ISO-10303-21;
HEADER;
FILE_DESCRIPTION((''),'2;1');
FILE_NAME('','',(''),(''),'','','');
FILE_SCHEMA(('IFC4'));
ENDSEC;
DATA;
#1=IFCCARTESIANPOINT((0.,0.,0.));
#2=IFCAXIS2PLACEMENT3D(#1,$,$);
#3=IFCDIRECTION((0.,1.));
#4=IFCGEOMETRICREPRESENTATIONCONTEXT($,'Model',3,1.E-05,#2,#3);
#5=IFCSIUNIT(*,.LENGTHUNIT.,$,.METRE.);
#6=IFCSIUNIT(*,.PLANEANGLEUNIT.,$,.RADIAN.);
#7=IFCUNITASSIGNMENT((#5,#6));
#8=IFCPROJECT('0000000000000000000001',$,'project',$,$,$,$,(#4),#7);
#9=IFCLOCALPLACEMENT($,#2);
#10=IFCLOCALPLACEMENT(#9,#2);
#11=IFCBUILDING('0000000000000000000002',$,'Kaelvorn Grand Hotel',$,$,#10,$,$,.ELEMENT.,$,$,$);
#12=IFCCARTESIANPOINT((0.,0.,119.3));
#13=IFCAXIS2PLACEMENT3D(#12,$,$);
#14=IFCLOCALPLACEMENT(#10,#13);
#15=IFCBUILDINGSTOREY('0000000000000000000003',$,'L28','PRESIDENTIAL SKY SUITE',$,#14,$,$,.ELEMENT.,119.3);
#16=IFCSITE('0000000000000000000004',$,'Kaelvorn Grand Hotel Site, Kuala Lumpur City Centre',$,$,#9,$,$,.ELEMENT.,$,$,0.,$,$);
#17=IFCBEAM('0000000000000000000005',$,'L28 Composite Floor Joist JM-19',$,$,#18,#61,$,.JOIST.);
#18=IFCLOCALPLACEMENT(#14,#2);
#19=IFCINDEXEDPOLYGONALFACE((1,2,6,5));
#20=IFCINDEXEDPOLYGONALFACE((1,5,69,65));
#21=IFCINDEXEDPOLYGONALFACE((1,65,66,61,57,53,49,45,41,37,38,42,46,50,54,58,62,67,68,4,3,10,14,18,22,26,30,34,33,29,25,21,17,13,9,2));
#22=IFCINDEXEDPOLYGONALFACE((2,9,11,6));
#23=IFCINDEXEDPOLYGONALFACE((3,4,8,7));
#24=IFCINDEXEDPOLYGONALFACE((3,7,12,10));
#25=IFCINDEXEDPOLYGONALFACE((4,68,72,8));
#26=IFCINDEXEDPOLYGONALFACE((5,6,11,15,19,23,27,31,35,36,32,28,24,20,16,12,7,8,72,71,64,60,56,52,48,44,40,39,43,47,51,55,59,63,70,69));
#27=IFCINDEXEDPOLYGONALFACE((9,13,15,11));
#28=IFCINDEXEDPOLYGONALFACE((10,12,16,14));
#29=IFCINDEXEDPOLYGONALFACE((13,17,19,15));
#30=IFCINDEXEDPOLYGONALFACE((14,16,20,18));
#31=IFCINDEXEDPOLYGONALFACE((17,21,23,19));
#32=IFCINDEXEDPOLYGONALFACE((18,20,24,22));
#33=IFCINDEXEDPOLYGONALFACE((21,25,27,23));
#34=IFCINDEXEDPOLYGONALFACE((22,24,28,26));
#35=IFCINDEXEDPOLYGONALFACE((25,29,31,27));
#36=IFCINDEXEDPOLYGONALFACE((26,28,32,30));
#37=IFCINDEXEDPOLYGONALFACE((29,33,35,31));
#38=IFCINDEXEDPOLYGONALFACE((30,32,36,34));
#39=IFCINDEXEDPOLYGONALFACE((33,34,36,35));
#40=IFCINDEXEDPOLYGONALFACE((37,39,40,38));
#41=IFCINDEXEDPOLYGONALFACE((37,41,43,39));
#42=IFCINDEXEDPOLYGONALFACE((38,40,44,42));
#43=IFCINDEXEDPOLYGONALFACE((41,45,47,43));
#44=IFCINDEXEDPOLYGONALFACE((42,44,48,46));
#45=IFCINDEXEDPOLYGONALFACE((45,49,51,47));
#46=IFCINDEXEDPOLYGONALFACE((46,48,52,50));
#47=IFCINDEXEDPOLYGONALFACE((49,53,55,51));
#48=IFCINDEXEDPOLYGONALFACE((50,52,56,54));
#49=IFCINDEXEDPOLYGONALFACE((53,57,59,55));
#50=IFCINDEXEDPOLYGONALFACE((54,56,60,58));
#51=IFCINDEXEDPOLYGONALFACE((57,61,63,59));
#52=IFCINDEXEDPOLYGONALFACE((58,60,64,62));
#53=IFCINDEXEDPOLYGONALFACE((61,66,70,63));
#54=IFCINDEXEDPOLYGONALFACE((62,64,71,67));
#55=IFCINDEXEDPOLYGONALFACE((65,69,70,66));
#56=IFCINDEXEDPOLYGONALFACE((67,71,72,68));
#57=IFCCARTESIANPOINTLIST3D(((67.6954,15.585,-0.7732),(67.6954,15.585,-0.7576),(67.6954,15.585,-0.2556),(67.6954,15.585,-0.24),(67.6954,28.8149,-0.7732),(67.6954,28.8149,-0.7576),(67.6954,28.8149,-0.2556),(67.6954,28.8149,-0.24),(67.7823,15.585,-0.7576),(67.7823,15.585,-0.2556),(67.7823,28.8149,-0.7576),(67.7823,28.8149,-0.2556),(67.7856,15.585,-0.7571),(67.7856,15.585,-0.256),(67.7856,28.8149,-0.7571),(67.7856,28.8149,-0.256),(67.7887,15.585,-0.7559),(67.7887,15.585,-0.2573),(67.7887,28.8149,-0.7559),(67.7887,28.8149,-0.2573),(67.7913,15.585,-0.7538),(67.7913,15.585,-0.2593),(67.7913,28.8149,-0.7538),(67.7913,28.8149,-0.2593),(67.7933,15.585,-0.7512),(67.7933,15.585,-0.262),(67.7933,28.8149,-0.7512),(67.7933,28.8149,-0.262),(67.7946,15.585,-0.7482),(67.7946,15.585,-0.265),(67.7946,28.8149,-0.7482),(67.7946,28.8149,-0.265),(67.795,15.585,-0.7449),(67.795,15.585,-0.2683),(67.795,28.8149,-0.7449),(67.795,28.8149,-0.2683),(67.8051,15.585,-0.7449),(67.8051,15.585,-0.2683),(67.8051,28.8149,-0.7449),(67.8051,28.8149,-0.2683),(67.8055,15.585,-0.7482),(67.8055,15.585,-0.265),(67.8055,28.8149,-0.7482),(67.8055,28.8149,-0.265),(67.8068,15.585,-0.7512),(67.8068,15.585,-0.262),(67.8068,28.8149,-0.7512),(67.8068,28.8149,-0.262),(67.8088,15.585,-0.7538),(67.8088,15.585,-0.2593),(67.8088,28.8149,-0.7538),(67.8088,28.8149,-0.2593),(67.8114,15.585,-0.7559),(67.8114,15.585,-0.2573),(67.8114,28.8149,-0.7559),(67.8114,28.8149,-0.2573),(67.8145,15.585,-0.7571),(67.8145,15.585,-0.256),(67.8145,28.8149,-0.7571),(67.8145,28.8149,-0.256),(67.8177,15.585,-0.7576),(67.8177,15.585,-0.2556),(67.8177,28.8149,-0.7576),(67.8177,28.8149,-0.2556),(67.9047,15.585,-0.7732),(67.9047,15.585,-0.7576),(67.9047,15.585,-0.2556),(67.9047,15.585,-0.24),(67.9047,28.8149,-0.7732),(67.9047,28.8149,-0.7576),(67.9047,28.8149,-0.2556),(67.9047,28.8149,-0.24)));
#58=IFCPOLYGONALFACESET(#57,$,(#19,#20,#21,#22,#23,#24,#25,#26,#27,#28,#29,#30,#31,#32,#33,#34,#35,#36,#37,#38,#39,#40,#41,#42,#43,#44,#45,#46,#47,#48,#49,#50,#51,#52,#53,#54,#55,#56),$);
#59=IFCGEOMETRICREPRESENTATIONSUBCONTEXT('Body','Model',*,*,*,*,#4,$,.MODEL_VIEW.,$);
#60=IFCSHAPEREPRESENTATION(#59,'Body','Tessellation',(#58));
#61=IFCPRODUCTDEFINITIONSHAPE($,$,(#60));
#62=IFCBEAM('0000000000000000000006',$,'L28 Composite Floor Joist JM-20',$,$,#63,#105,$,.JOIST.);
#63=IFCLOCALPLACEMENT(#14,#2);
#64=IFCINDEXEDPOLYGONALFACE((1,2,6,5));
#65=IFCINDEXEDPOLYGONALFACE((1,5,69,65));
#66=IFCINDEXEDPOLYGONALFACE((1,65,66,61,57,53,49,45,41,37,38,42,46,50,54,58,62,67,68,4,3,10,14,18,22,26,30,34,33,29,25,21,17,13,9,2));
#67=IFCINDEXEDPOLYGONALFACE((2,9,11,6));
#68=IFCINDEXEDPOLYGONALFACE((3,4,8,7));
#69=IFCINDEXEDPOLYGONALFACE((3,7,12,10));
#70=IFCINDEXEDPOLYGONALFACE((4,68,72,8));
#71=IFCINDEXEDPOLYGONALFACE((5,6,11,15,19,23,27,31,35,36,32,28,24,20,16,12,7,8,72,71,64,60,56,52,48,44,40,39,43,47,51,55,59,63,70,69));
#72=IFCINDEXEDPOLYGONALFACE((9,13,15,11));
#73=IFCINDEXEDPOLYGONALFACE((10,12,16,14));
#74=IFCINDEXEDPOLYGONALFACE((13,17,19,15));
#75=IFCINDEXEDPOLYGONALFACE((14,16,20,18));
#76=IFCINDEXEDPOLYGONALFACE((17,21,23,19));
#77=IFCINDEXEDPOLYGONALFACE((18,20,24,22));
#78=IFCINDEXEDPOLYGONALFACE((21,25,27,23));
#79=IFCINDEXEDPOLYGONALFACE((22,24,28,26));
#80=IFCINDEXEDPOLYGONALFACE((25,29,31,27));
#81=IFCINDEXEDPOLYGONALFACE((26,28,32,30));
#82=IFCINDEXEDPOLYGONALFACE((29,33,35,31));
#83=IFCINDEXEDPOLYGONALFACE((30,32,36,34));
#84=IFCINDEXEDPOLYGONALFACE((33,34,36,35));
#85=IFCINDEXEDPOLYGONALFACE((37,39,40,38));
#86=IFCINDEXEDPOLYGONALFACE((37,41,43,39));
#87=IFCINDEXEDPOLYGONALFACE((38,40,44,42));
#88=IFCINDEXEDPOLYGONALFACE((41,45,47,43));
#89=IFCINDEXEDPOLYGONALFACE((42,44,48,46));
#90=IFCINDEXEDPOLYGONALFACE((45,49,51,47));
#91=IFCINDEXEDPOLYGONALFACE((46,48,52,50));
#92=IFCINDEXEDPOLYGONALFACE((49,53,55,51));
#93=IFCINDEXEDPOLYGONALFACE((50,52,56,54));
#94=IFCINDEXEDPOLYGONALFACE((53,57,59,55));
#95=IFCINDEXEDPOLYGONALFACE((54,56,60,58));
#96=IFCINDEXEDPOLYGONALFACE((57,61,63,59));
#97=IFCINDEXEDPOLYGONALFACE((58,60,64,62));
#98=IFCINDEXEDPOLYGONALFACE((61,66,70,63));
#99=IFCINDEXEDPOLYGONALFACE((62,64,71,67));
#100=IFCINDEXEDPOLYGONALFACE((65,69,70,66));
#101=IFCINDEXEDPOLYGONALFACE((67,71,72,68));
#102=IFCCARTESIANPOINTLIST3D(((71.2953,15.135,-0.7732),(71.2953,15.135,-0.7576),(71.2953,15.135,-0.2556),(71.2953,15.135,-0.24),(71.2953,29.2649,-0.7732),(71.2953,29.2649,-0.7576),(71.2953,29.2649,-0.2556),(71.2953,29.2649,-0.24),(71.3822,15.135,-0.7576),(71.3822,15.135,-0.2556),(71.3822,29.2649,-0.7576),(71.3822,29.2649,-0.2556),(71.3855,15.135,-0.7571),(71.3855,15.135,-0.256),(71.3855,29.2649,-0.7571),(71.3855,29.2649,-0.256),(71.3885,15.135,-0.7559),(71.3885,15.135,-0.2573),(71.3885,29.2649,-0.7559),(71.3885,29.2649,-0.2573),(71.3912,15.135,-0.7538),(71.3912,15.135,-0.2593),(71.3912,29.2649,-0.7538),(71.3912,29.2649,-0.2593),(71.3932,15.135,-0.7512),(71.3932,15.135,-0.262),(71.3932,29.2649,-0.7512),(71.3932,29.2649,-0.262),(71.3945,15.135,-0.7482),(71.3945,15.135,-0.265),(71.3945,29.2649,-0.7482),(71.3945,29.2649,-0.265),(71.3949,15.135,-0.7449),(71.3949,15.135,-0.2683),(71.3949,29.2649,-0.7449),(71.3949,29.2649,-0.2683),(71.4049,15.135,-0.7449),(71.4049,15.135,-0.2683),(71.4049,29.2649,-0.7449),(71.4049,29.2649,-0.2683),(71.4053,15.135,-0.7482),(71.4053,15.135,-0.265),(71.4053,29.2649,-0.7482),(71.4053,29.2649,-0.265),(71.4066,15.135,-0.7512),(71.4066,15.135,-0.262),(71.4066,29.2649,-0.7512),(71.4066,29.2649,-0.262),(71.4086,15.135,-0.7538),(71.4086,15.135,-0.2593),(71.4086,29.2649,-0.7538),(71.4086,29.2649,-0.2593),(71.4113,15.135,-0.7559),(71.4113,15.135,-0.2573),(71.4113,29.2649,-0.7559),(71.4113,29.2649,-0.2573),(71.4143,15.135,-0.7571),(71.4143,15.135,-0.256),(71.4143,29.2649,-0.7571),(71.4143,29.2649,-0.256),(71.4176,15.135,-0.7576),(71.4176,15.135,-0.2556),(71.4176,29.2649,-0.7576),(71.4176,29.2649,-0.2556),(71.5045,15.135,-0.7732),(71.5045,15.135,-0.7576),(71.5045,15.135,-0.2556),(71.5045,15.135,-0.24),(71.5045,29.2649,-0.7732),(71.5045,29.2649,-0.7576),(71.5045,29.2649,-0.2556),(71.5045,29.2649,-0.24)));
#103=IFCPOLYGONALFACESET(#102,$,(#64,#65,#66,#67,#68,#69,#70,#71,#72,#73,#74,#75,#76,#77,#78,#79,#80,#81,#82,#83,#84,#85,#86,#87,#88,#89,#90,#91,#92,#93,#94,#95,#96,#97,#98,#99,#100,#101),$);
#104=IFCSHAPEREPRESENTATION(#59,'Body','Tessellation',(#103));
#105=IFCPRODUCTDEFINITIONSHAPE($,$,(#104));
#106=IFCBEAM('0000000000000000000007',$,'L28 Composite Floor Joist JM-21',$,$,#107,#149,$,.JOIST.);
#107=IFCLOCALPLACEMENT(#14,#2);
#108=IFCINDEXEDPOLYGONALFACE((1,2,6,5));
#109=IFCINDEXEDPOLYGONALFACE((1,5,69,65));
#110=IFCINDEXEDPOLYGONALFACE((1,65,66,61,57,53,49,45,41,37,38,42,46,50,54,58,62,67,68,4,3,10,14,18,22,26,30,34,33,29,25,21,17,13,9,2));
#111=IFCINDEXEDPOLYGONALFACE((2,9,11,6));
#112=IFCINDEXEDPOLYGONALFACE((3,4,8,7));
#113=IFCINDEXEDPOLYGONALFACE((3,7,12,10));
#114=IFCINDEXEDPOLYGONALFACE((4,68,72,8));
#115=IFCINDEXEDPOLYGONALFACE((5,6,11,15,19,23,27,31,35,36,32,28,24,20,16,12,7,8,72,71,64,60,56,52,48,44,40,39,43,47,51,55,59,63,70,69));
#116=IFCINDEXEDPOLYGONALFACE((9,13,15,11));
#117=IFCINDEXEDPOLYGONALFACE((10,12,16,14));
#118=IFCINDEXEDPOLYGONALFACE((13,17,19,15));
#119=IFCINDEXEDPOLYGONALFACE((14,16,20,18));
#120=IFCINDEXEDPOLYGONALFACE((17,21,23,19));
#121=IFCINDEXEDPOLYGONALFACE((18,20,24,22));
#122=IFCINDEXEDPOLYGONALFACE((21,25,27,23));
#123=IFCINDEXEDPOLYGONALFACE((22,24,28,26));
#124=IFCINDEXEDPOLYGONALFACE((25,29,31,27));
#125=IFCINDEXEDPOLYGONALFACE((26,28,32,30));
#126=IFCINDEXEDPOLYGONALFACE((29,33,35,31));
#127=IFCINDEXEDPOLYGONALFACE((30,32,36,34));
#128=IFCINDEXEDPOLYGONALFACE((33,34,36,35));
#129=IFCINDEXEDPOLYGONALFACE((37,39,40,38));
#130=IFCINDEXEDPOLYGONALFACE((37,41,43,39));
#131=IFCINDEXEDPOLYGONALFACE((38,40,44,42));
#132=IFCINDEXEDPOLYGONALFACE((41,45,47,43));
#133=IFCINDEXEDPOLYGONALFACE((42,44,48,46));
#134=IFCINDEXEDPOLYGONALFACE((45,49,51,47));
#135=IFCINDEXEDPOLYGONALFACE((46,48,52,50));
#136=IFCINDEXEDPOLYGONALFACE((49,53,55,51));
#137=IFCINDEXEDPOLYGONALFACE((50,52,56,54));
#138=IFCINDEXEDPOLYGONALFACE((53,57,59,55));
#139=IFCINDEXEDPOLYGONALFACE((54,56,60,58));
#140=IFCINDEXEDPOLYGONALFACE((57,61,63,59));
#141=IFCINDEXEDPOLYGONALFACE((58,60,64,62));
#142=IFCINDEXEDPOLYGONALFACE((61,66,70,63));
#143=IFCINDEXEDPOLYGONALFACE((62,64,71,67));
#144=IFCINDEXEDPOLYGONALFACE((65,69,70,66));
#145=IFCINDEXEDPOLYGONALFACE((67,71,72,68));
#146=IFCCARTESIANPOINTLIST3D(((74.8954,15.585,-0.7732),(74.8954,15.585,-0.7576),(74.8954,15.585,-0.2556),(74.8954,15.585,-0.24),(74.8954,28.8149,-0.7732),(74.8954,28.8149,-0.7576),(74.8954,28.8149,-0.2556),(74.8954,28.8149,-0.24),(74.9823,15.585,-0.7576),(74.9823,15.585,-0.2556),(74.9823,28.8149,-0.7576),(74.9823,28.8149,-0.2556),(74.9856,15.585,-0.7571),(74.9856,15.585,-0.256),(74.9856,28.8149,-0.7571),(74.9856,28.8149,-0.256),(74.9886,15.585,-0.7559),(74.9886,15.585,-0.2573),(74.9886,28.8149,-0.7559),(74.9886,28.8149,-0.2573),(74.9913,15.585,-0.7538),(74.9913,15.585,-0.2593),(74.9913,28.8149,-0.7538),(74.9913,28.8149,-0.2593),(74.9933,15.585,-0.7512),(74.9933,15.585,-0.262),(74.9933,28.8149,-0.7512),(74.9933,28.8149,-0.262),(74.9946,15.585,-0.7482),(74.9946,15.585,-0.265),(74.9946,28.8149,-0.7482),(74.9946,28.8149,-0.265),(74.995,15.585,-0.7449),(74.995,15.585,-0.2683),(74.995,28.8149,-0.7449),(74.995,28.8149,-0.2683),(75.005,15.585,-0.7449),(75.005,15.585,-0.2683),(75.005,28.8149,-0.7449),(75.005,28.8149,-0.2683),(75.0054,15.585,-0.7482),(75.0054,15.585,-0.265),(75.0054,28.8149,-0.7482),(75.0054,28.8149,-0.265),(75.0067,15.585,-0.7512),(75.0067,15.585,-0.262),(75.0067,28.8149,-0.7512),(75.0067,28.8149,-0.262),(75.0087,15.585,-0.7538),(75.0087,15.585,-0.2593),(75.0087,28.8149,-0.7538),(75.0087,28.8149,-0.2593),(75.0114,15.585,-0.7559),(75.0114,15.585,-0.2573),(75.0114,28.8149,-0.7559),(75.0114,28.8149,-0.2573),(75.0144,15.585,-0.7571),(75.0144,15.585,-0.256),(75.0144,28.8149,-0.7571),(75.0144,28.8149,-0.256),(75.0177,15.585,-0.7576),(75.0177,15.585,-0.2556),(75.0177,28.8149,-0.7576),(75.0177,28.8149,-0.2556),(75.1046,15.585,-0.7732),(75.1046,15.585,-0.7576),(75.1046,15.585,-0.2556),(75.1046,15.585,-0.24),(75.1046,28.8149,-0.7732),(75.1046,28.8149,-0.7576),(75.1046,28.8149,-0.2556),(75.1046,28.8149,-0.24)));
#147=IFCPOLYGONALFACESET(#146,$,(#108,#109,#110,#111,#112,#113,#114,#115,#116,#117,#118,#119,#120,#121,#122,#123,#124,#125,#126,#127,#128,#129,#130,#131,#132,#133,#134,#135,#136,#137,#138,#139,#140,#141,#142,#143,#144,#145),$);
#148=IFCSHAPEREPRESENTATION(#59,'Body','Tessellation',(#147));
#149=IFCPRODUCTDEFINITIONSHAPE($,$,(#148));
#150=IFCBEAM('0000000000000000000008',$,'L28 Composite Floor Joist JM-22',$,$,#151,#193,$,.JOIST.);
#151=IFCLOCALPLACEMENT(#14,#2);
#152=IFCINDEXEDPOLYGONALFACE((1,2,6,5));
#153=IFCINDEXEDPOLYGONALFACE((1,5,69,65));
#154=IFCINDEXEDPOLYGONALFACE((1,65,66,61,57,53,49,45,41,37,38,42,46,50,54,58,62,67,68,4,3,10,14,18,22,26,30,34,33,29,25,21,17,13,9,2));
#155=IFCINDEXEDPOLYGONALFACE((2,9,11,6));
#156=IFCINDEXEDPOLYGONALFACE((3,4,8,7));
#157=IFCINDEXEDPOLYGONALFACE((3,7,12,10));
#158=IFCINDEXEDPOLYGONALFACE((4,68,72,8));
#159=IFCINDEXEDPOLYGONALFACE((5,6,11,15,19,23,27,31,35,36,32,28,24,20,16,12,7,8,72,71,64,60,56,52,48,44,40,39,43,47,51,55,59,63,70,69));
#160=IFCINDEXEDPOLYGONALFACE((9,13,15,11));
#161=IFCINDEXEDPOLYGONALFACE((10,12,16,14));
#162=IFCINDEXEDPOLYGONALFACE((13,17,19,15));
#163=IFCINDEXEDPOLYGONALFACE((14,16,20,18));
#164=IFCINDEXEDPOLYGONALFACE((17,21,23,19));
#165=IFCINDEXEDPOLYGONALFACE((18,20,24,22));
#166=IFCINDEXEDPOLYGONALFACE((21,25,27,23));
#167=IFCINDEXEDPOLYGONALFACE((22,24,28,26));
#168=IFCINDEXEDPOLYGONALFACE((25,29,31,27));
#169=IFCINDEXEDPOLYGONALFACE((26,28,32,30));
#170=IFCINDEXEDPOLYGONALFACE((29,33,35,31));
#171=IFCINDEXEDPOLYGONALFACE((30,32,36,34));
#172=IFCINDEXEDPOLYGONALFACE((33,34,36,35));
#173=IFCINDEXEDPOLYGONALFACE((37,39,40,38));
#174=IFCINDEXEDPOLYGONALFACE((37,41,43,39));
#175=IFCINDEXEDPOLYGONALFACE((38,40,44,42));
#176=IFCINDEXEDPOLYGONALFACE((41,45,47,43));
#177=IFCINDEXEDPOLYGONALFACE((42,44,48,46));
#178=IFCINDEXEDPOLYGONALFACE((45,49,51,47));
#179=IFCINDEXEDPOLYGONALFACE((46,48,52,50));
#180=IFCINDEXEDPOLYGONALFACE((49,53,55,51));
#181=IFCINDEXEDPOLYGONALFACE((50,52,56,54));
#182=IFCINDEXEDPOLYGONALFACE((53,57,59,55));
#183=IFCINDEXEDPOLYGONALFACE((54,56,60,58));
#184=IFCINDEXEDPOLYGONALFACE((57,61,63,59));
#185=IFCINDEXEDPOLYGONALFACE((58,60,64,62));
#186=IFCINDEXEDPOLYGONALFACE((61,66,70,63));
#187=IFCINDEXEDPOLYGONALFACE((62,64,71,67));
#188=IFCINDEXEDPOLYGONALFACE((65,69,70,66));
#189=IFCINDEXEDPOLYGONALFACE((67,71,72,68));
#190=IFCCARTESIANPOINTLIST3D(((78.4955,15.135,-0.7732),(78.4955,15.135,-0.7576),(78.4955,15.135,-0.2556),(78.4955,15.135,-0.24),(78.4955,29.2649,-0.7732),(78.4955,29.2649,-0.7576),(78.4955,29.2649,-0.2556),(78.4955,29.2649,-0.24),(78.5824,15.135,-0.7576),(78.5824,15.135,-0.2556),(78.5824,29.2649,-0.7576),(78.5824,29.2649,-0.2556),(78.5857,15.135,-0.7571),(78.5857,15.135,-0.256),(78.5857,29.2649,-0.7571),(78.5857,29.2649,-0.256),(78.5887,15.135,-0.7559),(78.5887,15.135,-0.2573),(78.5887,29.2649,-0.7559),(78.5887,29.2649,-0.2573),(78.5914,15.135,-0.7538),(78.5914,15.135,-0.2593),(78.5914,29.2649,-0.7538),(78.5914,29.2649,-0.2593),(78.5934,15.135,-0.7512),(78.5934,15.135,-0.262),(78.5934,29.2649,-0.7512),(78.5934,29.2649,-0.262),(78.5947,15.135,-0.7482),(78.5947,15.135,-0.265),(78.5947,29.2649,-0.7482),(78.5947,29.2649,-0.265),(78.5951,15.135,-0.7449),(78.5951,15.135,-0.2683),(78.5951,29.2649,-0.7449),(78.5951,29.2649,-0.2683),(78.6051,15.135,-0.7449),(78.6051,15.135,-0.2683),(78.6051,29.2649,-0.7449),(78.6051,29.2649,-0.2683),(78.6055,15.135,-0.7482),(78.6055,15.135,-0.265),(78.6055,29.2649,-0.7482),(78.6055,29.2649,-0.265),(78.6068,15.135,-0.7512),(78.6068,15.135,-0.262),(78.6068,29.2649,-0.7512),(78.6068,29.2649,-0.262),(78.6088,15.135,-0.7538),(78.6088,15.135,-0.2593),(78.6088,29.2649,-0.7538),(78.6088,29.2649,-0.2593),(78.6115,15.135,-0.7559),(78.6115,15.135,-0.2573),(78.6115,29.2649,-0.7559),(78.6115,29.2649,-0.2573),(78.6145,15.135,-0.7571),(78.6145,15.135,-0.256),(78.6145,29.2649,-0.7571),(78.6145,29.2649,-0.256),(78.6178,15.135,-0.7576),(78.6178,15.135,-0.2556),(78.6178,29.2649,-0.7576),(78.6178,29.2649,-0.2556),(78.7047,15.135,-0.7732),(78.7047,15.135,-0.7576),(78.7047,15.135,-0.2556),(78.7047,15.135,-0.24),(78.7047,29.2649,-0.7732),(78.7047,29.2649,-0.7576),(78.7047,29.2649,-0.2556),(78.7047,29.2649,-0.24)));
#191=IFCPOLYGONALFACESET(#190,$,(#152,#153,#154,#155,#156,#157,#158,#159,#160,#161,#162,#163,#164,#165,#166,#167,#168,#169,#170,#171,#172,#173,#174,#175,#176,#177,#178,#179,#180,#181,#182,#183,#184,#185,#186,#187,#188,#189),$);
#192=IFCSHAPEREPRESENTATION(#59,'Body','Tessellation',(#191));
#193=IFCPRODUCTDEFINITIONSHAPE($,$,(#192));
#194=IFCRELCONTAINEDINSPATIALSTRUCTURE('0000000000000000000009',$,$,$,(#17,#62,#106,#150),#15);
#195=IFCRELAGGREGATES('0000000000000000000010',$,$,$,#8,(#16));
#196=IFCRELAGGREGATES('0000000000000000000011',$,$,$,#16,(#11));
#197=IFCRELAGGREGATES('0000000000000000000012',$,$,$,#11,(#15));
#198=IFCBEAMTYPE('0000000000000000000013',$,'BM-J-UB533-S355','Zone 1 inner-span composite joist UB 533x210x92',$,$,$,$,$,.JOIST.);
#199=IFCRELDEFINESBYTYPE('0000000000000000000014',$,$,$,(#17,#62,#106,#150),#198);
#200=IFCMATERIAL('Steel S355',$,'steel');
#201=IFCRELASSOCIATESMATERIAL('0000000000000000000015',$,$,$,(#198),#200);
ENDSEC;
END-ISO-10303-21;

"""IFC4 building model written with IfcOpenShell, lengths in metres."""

from ifc_helpers import new_model, si_unit, direction, frame, origin, origin_2d, place, context, subcontext, project, spatial, i_section, extrude, material, material_profile, profile_set, type_object, element, save


model = new_model("IFC4")

# Units and contexts
model_context = context("Model", 3, precision=1e-05, world=origin(), true_north=direction((0.0, 1.0)))
body_context = subcontext(model_context, "Body", "Model", "MODEL_VIEW")
ifc_project = project(units=[si_unit("LENGTHUNIT", "METRE"), si_unit("PLANEANGLEUNIT", "RADIAN")], contexts=[model_context])

# Site, building, storey
site_placement = place(None, origin())
site = spatial("IfcSite", under=ifc_project, at=site_placement, Name="Kaelvorn Grand Hotel Site, Kuala Lumpur City Centre", CompositionType="ELEMENT", RefElevation=0.0)
building_placement = place(site_placement, origin())
building = spatial("IfcBuilding", under=site, at=building_placement, Name="Kaelvorn Grand Hotel", CompositionType="ELEMENT")
storey_placement = place(building_placement, frame((0.0, 0.0, 119.3)))
storey = spatial("IfcBuildingStorey", under=building, at=storey_placement, Name="L28", Description="PRESIDENTIAL SKY SUITE", CompositionType="ELEMENT", Elevation=119.3)

# Beams
ifc_material_1 = material(Name="Steel S355", Category="steel")
ifc_material_profile_1 = material_profile(ifc_material_1, i_section(OverallWidth=0.2092, OverallDepth=0.5332, WebThickness=0.01, FlangeThickness=0.0156, FilletRadius=0.0127, at=origin_2d()), Name="UB 533x210x92")
ifc_profile_set_1 = profile_set([ifc_material_profile_1], Name="Steel S355")
beam_type_1 = type_object("IfcBeamType", Name="BM-J-UB533-S355", Description="Zone 1 inner-span composite joist UB 533x210x92", PredefinedType="JOIST", material=ifc_profile_set_1)
beam_1_placement = place(storey_placement, frame((67.8, 15.585, -0.5066), z_axis=(0.0, 1.0, 0.0), x_axis=(-1.0, 0.0, 0.0)))
element("IfcBeam", 1, at=beam_1_placement, inside=storey, type_object=beam_type_1, Name="L28 Composite Floor Joist JM-19", PredefinedType="JOIST", context=body_context, shape_type="SweptSolid", body=[
    extrude(i_section(OverallWidth=0.2092, OverallDepth=0.5332, WebThickness=0.01, FlangeThickness=0.0156, FilletRadius=0.0127, at=origin_2d()), origin(), (0.0, 0.0, 1.0), 13.23),
])
beam_2_placement = place(storey_placement, frame((71.3999, 15.135, -0.5066), z_axis=(0.0, 1.0, 0.0), x_axis=(-1.0, 0.0, 0.0)))
element("IfcBeam", 2, at=beam_2_placement, inside=storey, type_object=beam_type_1, Name="L28 Composite Floor Joist JM-20", PredefinedType="JOIST", context=body_context, shape_type="SweptSolid", body=[
    extrude(i_section(OverallWidth=0.2092, OverallDepth=0.5332, WebThickness=0.01, FlangeThickness=0.0156, FilletRadius=0.0127, at=origin_2d()), origin(), (0.0, 0.0, 1.0), 14.1299),
])
beam_3_placement = place(storey_placement, frame((75.0, 15.585, -0.5066), z_axis=(0.0, 1.0, 0.0), x_axis=(-1.0, 0.0, 0.0)))
element("IfcBeam", 3, at=beam_3_placement, inside=storey, type_object=beam_type_1, Name="L28 Composite Floor Joist JM-21", PredefinedType="JOIST", context=body_context, shape_type="SweptSolid", body=[
    extrude(i_section(OverallWidth=0.2092, OverallDepth=0.5332, WebThickness=0.01, FlangeThickness=0.0156, FilletRadius=0.0127, at=origin_2d()), origin(), (0.0, 0.0, 1.0), 13.23),
])
beam_4_placement = place(storey_placement, frame((78.6001, 15.135, -0.5066), z_axis=(0.0, 1.0, 0.0), x_axis=(-1.0, 0.0, 0.0)))
element("IfcBeam", 4, at=beam_4_placement, inside=storey, type_object=beam_type_1, Name="L28 Composite Floor Joist JM-22", PredefinedType="JOIST", context=body_context, shape_type="SweptSolid", body=[
    extrude(i_section(OverallWidth=0.2092, OverallDepth=0.5332, WebThickness=0.01, FlangeThickness=0.0156, FilletRadius=0.0127, at=origin_2d()), origin(), (0.0, 0.0, 1.0), 14.1299),
])

save(model, "model.ifc")
